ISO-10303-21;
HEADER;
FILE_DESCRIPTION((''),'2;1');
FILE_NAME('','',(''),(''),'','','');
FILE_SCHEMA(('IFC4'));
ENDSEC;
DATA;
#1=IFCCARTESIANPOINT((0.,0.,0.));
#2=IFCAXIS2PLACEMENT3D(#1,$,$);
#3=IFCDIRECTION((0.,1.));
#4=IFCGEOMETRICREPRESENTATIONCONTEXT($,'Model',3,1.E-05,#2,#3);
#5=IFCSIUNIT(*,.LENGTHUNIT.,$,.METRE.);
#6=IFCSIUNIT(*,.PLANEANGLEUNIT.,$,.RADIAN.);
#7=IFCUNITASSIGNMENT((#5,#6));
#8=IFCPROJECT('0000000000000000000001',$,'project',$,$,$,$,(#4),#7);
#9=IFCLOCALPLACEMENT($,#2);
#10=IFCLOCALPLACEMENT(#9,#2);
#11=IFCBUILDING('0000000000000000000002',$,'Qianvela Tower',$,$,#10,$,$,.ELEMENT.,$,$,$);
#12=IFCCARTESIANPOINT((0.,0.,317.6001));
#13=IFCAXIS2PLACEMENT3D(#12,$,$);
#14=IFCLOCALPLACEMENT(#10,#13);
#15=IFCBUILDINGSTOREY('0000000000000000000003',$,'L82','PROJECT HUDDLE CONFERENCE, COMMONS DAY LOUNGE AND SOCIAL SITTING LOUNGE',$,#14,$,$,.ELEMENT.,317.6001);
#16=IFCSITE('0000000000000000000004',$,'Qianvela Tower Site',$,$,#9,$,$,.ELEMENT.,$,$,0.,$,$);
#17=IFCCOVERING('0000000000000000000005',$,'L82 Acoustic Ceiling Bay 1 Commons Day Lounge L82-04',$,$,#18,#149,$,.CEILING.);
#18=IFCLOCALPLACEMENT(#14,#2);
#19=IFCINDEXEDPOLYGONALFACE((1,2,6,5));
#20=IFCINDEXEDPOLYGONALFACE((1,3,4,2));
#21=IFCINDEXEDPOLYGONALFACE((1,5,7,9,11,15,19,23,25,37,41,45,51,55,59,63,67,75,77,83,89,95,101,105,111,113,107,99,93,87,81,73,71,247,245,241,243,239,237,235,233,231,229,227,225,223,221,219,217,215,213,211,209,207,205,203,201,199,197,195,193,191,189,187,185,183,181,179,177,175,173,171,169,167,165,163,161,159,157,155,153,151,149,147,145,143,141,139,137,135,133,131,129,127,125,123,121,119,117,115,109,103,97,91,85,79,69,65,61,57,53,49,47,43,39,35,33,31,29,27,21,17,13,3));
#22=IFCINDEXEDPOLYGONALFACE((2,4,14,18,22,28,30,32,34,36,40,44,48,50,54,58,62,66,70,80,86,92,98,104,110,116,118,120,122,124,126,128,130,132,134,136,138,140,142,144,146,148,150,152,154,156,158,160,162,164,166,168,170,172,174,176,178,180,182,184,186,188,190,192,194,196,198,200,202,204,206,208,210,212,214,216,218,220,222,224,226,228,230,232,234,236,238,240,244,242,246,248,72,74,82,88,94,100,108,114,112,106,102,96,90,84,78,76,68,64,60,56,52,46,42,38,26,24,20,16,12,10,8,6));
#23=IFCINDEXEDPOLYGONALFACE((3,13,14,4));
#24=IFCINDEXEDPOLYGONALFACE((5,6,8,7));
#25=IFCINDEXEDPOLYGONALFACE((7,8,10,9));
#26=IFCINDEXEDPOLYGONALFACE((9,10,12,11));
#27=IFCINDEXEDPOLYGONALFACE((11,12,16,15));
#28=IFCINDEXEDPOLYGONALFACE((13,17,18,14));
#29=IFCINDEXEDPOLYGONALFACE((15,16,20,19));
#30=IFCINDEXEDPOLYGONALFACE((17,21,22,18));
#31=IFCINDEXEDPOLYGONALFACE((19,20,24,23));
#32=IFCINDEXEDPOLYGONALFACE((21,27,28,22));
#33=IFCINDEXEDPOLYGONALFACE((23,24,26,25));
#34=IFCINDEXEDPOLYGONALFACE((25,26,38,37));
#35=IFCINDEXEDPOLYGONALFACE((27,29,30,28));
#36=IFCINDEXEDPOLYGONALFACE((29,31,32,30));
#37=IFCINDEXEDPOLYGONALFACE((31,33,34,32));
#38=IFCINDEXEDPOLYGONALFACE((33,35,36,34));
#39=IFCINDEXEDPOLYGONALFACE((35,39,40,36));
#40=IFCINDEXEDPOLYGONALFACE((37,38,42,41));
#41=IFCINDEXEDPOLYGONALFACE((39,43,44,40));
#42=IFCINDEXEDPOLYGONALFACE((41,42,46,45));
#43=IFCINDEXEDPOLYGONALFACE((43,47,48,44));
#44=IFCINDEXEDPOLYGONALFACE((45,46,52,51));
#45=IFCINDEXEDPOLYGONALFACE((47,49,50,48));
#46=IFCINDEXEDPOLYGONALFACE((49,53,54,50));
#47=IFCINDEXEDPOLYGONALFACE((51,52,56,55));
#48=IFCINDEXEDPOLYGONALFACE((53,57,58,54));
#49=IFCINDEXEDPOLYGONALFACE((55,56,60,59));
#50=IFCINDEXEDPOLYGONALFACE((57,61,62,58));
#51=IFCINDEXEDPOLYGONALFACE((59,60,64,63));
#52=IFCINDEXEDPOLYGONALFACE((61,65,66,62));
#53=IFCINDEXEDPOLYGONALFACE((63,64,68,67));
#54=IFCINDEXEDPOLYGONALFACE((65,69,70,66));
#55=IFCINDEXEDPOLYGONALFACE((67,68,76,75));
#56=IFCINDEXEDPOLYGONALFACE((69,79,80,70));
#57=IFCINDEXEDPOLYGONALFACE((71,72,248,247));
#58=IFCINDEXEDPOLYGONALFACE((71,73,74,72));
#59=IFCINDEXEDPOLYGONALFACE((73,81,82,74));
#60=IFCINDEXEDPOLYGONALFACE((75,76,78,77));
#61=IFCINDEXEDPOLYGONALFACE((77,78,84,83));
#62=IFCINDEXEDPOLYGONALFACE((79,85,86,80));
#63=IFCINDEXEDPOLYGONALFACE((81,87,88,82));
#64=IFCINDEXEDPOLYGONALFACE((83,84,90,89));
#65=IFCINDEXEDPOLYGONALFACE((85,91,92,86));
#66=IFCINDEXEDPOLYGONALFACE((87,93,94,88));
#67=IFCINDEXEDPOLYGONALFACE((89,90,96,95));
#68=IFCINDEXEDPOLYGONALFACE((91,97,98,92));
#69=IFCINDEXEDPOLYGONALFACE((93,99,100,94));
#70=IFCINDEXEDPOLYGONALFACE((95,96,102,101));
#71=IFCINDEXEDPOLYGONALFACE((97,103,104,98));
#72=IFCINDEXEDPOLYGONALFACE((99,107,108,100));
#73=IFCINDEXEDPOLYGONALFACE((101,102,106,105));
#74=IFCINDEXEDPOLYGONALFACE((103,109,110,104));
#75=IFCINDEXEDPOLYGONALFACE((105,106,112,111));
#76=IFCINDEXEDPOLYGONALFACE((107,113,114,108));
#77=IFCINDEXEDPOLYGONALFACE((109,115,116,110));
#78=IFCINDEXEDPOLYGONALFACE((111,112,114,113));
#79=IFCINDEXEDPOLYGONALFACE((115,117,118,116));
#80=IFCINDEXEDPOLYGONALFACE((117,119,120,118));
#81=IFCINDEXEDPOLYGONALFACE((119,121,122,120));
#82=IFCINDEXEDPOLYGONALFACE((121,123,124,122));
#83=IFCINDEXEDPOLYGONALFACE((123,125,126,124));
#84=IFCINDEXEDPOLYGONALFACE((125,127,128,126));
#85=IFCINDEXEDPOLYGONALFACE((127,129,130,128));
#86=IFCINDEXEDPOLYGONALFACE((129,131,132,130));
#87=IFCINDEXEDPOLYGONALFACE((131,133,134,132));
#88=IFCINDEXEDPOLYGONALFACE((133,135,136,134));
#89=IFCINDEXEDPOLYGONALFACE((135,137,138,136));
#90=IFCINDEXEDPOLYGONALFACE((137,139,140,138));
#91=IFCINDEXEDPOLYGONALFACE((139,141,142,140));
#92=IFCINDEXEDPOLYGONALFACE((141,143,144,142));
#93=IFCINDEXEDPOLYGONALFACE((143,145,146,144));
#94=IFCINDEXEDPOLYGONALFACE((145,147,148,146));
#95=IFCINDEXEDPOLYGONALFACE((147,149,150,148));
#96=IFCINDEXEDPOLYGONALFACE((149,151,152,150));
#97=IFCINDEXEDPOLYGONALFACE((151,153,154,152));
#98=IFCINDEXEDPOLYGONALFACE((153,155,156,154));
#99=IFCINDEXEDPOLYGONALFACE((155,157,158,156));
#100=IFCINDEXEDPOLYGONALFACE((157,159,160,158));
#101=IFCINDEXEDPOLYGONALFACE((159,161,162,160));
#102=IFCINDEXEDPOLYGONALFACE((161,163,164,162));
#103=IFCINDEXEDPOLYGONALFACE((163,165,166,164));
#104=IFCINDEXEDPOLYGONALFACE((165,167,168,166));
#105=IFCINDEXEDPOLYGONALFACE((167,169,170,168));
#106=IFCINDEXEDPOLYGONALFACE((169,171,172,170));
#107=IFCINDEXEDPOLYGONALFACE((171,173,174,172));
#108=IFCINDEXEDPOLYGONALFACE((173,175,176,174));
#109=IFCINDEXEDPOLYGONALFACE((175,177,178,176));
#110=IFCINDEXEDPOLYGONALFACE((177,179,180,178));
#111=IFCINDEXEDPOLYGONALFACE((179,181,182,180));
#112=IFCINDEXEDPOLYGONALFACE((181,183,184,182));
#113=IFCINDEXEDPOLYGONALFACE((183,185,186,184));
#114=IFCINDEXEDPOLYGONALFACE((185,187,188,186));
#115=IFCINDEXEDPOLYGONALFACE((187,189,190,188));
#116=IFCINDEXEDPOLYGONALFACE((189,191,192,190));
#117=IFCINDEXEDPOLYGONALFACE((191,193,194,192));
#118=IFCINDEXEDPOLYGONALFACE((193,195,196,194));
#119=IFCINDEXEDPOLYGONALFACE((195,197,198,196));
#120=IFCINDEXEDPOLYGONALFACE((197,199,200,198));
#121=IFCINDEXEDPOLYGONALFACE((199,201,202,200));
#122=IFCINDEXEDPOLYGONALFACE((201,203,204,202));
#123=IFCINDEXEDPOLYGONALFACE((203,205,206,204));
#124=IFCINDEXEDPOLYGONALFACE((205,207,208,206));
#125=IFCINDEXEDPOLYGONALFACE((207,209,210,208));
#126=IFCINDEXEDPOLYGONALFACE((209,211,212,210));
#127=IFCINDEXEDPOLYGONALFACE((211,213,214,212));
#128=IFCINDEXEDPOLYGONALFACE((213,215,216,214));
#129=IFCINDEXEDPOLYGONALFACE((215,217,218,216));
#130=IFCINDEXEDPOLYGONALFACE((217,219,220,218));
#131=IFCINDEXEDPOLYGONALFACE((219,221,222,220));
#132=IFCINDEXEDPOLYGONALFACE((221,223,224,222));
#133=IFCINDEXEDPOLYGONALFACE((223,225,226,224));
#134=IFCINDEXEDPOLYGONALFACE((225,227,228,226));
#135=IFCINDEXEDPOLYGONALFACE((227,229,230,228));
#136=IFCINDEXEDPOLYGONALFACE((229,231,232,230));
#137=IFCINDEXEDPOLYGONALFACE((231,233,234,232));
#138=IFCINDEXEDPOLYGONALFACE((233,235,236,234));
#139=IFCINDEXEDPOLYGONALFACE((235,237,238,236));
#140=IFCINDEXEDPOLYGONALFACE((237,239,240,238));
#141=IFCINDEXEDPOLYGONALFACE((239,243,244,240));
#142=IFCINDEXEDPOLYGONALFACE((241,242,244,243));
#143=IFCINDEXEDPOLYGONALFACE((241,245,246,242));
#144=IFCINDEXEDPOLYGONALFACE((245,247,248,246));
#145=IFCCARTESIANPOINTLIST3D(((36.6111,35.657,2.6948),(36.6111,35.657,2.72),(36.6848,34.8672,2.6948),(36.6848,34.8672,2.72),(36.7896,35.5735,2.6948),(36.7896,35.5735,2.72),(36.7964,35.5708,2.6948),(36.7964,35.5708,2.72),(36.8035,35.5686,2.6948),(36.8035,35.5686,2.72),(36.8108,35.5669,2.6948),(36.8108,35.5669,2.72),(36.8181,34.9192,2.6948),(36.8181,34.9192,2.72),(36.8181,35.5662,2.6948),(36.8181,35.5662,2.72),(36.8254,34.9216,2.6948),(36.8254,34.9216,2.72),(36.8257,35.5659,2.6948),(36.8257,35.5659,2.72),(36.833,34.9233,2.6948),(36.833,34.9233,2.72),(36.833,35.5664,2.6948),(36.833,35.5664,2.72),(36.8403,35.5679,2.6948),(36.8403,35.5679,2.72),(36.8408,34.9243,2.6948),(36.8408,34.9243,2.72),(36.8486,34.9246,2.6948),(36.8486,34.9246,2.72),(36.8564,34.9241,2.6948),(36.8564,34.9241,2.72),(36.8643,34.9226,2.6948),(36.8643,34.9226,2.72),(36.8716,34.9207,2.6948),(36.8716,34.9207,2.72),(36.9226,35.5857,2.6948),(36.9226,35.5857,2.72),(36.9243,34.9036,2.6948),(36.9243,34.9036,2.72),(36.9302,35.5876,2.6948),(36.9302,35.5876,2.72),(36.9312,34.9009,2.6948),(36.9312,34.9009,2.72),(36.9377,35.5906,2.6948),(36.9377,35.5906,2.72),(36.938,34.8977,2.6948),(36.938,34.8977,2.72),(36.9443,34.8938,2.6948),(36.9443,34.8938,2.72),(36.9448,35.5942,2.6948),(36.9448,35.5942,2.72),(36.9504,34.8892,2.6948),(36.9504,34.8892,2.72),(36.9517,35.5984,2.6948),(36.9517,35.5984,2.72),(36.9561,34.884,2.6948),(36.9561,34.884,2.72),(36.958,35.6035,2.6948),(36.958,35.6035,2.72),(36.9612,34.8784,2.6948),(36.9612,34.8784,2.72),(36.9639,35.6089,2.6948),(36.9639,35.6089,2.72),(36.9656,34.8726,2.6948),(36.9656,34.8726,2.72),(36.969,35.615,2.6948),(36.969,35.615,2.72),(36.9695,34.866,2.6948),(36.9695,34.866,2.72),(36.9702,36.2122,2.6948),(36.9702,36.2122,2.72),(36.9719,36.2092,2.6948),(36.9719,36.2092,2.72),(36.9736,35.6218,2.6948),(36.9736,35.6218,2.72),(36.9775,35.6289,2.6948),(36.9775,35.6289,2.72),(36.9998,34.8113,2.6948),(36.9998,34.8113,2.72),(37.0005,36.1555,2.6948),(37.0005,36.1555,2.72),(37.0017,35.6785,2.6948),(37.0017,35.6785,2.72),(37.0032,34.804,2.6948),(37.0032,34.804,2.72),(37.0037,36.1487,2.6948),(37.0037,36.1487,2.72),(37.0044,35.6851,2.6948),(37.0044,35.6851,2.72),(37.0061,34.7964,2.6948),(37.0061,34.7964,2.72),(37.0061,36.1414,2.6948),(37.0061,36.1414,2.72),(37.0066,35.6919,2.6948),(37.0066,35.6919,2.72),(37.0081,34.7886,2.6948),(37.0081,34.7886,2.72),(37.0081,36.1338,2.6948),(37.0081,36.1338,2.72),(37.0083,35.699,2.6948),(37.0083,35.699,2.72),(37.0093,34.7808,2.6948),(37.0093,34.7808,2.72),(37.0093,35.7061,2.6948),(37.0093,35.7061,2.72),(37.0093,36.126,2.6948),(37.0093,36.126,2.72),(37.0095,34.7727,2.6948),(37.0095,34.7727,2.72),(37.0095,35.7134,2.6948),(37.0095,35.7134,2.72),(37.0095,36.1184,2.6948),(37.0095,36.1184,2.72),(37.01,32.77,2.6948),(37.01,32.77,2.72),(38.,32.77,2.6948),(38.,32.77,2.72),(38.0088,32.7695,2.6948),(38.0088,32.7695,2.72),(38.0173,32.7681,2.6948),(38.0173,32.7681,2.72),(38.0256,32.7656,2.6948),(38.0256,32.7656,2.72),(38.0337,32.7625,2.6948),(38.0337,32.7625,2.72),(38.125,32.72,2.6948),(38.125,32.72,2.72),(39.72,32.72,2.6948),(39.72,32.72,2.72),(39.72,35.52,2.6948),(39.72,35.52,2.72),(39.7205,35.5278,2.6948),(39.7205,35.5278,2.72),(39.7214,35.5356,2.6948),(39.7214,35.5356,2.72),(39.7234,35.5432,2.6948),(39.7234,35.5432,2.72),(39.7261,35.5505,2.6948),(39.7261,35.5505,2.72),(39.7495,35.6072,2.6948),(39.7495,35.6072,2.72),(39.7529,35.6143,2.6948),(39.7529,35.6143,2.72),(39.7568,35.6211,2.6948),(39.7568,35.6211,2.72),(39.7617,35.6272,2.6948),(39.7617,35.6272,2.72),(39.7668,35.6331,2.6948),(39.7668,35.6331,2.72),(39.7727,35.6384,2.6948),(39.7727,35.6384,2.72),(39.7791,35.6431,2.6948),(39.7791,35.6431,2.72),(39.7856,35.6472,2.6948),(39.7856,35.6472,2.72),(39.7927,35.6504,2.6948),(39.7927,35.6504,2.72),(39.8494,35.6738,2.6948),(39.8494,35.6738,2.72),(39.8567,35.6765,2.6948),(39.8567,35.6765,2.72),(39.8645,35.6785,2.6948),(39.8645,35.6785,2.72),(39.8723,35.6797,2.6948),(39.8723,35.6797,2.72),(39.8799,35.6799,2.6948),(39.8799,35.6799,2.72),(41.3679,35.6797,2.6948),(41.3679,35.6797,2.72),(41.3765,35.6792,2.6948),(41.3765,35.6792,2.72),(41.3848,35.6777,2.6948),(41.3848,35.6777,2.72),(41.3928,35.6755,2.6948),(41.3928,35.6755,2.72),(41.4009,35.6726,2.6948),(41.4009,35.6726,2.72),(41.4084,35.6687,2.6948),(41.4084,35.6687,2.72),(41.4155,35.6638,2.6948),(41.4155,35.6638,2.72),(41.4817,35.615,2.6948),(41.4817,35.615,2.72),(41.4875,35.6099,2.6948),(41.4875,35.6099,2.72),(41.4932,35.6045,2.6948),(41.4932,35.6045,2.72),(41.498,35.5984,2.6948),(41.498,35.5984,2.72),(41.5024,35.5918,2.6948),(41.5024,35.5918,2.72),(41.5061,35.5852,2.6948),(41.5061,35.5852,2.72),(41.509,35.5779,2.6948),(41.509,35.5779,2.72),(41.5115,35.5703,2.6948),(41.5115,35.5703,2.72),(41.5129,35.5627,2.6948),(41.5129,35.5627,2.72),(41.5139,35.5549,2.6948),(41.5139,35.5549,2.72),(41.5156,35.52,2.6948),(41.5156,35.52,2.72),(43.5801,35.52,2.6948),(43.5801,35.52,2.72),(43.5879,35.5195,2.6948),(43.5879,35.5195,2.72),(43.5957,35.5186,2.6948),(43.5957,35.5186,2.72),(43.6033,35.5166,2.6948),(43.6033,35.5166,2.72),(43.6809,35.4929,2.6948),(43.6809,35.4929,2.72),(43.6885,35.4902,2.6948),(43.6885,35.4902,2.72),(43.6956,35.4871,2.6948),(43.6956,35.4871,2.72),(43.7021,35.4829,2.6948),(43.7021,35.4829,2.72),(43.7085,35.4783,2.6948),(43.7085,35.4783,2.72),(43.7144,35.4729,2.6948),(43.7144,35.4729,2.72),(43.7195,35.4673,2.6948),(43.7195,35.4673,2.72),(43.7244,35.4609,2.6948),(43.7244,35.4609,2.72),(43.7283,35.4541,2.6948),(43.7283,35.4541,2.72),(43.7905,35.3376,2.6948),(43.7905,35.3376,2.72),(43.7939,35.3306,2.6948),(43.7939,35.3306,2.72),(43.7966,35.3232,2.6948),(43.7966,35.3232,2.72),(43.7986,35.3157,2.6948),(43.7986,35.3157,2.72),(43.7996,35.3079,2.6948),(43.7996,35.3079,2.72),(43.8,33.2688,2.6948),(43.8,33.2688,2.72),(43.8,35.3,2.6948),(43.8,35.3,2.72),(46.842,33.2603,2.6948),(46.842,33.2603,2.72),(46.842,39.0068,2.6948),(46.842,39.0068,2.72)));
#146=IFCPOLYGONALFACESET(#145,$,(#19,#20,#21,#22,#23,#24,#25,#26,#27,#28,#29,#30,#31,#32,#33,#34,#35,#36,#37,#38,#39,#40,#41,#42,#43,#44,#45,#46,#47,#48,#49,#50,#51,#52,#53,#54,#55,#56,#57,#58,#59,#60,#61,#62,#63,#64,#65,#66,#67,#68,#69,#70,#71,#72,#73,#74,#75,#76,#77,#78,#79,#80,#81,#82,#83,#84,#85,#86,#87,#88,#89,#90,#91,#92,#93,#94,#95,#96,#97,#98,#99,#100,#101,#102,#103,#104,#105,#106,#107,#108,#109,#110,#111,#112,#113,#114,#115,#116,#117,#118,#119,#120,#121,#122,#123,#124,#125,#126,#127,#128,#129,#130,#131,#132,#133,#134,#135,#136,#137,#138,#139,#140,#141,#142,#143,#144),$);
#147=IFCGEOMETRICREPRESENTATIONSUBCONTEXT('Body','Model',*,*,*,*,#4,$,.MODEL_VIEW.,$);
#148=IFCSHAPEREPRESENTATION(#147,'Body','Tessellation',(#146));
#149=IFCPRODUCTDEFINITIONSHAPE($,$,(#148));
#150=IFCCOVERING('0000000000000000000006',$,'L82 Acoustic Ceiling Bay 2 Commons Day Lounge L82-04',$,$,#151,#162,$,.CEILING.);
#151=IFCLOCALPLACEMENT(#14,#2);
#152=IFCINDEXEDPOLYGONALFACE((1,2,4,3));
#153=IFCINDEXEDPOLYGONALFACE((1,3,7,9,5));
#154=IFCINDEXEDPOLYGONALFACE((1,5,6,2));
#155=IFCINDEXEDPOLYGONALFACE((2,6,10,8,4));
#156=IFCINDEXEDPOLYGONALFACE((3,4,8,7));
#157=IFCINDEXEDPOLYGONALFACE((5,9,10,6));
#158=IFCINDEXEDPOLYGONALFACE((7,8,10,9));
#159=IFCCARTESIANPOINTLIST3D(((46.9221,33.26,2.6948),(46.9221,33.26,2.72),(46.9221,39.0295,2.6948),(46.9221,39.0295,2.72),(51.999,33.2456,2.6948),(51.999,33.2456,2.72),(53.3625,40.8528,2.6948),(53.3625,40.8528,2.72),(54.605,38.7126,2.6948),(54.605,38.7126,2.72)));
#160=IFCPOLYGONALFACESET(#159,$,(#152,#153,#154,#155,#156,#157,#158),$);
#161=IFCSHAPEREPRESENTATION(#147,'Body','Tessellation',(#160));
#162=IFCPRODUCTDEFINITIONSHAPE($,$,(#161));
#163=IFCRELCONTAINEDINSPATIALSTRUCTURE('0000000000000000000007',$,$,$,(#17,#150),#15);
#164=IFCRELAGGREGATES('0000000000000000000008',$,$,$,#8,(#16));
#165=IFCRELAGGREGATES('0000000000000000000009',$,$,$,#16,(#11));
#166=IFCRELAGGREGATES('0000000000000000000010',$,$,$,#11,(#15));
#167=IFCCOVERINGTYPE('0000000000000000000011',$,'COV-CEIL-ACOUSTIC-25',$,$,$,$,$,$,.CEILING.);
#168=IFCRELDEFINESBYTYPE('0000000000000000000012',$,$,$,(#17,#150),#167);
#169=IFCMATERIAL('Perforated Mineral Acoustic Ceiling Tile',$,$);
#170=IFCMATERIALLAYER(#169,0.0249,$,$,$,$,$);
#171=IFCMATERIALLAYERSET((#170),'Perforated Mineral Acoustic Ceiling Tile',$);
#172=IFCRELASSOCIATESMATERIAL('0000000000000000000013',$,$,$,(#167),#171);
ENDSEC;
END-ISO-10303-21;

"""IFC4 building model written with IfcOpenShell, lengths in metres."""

from ifc_helpers import new_model, si_unit, direction, frame, origin, place, context, subcontext, project, spatial, polyline, outline, extrude, material, layer, layer_set, type_object, element, save


model = new_model("IFC4")

# Units and contexts
model_context = context("Model", 3, precision=1e-05, world=origin(), true_north=direction((0.0, 1.0)))
body_context = subcontext(model_context, "Body", "Model", "MODEL_VIEW")
ifc_project = project(units=[si_unit("LENGTHUNIT", "METRE"), si_unit("PLANEANGLEUNIT", "RADIAN")], contexts=[model_context])

# Site, building, storey
site_placement = place(None, origin())
site = spatial("IfcSite", under=ifc_project, at=site_placement, Name="Qianvela Tower Site", CompositionType="ELEMENT", RefElevation=0.0)
building_placement = place(site_placement, origin())
building = spatial("IfcBuilding", under=site, at=building_placement, Name="Qianvela Tower", CompositionType="ELEMENT")
storey_placement = place(building_placement, frame((0.0, 0.0, 317.6001)))
storey = spatial("IfcBuildingStorey", under=building, at=storey_placement, Name="L82", Description="PROJECT HUDDLE CONFERENCE, COMMONS DAY LOUNGE AND SOCIAL SITTING LOUNGE", CompositionType="ELEMENT", Elevation=317.6001)

# Coverings
ifc_material_1 = material(Name="Perforated Mineral Acoustic Ceiling Tile")
ifc_layer_1 = layer(ifc_material_1, 0.0249)
ifc_layer_set_1 = layer_set([ifc_layer_1], Name="Perforated Mineral Acoustic Ceiling Tile")
covering_type_1 = type_object("IfcCoveringType", Name="COV-CEIL-ACOUSTIC-25", PredefinedType="CEILING", material=ifc_layer_set_1)
covering_1_placement = place(storey_placement, frame((0.0, 0.0, 2.6948)))
element("IfcCovering", 1, at=covering_1_placement, inside=storey, type_object=covering_type_1, Name="L82 Acoustic Ceiling Bay 1 Commons Day Lounge L82-04", PredefinedType="CEILING", context=body_context, shape_type="SweptSolid", body=[
    extrude(outline(polyline([(46.842, 39.0068), (46.842, 33.2603), (43.8, 33.2688), (43.8, 35.3), (43.7996, 35.3079), (43.7986, 35.3157), (43.7966, 35.3232), (43.7939, 35.3306), (43.7905, 35.3376), (43.7283, 35.4541), (43.7244, 35.4609), (43.7195, 35.4673), (43.7144, 35.4729), (43.7085, 35.4783), (43.7021, 35.4829), (43.6956, 35.4871), (43.6885, 35.4902), (43.6809, 35.4929), (43.6033, 35.5166), (43.5957, 35.5186), (43.5879, 35.5195), (43.5801, 35.52), (41.5156, 35.52), (41.5139, 35.5549), (41.5129, 35.5627), (41.5115, 35.5703), (41.509, 35.5779), (41.5061, 35.5852), (41.5024, 35.5918), (41.498, 35.5984), (41.4932, 35.6045), (41.4875, 35.6099), (41.4817, 35.615), (41.4155, 35.6638), (41.4084, 35.6687), (41.4009, 35.6726), (41.3928, 35.6755), (41.3848, 35.6777), (41.3765, 35.6792), (41.3679, 35.6797), (39.8799, 35.6799), (39.8723, 35.6797), (39.8645, 35.6785), (39.8567, 35.6765), (39.8494, 35.6738), (39.7927, 35.6504), (39.7856, 35.6472), (39.7791, 35.6431), (39.7727, 35.6384), (39.7668, 35.6331), (39.7617, 35.6272), (39.7568, 35.6211), (39.7529, 35.6143), (39.7495, 35.6072), (39.7261, 35.5505), (39.7234, 35.5432), (39.7214, 35.5356), (39.7205, 35.5278), (39.72, 35.52), (39.72, 32.72), (38.125, 32.72), (38.0337, 32.7625), (38.0256, 32.7656), (38.0173, 32.7681), (38.0088, 32.7695), (38.0, 32.77), (37.01, 32.77), (37.0095, 34.7727), (37.0093, 34.7808), (37.0081, 34.7886), (37.0061, 34.7964), (37.0032, 34.804), (36.9998, 34.8113), (36.9695, 34.866), (36.9656, 34.8726), (36.9612, 34.8784), (36.9561, 34.884), (36.9504, 34.8892), (36.9443, 34.8938), (36.938, 34.8977), (36.9312, 34.9009), (36.9243, 34.9036), (36.8716, 34.9207), (36.8643, 34.9226), (36.8564, 34.9241), (36.8486, 34.9246), (36.8408, 34.9243), (36.833, 34.9233), (36.8254, 34.9216), (36.8181, 34.9192), (36.6848, 34.8672), (36.6111, 35.657), (36.7896, 35.5735), (36.7964, 35.5708), (36.8035, 35.5686), (36.8108, 35.5669), (36.8181, 35.5662), (36.8257, 35.5659), (36.833, 35.5664), (36.8403, 35.5679), (36.9226, 35.5857), (36.9302, 35.5876), (36.9377, 35.5906), (36.9448, 35.5942), (36.9517, 35.5984), (36.958, 35.6035), (36.9639, 35.6089), (36.969, 35.615), (36.9736, 35.6218), (36.9775, 35.6289), (37.0017, 35.6785), (37.0044, 35.6851), (37.0066, 35.6919), (37.0083, 35.699), (37.0093, 35.7061), (37.0095, 35.7134), (37.0095, 36.1184), (37.0093, 36.126), (37.0081, 36.1338), (37.0061, 36.1414), (37.0037, 36.1487), (37.0005, 36.1555), (36.9719, 36.2092), (36.9702, 36.2122), (46.842, 39.0068)])), origin(), (0.0, 0.0, 1.0), 0.0251),
])
covering_2_placement = place(storey_placement, frame((0.0, 0.0, 2.6948)))
element("IfcCovering", 2, at=covering_2_placement, inside=storey, type_object=covering_type_1, Name="L82 Acoustic Ceiling Bay 2 Commons Day Lounge L82-04", PredefinedType="CEILING", context=body_context, shape_type="SweptSolid", body=[
    extrude(outline(polyline([(53.3625, 40.8528), (54.605, 38.7126), (51.999, 33.2456), (46.9221, 33.26), (46.9221, 39.0295), (53.3625, 40.8528)])), origin(), (0.0, 0.0, 1.0), 0.0251),
])

save(model, "model.ifc")
